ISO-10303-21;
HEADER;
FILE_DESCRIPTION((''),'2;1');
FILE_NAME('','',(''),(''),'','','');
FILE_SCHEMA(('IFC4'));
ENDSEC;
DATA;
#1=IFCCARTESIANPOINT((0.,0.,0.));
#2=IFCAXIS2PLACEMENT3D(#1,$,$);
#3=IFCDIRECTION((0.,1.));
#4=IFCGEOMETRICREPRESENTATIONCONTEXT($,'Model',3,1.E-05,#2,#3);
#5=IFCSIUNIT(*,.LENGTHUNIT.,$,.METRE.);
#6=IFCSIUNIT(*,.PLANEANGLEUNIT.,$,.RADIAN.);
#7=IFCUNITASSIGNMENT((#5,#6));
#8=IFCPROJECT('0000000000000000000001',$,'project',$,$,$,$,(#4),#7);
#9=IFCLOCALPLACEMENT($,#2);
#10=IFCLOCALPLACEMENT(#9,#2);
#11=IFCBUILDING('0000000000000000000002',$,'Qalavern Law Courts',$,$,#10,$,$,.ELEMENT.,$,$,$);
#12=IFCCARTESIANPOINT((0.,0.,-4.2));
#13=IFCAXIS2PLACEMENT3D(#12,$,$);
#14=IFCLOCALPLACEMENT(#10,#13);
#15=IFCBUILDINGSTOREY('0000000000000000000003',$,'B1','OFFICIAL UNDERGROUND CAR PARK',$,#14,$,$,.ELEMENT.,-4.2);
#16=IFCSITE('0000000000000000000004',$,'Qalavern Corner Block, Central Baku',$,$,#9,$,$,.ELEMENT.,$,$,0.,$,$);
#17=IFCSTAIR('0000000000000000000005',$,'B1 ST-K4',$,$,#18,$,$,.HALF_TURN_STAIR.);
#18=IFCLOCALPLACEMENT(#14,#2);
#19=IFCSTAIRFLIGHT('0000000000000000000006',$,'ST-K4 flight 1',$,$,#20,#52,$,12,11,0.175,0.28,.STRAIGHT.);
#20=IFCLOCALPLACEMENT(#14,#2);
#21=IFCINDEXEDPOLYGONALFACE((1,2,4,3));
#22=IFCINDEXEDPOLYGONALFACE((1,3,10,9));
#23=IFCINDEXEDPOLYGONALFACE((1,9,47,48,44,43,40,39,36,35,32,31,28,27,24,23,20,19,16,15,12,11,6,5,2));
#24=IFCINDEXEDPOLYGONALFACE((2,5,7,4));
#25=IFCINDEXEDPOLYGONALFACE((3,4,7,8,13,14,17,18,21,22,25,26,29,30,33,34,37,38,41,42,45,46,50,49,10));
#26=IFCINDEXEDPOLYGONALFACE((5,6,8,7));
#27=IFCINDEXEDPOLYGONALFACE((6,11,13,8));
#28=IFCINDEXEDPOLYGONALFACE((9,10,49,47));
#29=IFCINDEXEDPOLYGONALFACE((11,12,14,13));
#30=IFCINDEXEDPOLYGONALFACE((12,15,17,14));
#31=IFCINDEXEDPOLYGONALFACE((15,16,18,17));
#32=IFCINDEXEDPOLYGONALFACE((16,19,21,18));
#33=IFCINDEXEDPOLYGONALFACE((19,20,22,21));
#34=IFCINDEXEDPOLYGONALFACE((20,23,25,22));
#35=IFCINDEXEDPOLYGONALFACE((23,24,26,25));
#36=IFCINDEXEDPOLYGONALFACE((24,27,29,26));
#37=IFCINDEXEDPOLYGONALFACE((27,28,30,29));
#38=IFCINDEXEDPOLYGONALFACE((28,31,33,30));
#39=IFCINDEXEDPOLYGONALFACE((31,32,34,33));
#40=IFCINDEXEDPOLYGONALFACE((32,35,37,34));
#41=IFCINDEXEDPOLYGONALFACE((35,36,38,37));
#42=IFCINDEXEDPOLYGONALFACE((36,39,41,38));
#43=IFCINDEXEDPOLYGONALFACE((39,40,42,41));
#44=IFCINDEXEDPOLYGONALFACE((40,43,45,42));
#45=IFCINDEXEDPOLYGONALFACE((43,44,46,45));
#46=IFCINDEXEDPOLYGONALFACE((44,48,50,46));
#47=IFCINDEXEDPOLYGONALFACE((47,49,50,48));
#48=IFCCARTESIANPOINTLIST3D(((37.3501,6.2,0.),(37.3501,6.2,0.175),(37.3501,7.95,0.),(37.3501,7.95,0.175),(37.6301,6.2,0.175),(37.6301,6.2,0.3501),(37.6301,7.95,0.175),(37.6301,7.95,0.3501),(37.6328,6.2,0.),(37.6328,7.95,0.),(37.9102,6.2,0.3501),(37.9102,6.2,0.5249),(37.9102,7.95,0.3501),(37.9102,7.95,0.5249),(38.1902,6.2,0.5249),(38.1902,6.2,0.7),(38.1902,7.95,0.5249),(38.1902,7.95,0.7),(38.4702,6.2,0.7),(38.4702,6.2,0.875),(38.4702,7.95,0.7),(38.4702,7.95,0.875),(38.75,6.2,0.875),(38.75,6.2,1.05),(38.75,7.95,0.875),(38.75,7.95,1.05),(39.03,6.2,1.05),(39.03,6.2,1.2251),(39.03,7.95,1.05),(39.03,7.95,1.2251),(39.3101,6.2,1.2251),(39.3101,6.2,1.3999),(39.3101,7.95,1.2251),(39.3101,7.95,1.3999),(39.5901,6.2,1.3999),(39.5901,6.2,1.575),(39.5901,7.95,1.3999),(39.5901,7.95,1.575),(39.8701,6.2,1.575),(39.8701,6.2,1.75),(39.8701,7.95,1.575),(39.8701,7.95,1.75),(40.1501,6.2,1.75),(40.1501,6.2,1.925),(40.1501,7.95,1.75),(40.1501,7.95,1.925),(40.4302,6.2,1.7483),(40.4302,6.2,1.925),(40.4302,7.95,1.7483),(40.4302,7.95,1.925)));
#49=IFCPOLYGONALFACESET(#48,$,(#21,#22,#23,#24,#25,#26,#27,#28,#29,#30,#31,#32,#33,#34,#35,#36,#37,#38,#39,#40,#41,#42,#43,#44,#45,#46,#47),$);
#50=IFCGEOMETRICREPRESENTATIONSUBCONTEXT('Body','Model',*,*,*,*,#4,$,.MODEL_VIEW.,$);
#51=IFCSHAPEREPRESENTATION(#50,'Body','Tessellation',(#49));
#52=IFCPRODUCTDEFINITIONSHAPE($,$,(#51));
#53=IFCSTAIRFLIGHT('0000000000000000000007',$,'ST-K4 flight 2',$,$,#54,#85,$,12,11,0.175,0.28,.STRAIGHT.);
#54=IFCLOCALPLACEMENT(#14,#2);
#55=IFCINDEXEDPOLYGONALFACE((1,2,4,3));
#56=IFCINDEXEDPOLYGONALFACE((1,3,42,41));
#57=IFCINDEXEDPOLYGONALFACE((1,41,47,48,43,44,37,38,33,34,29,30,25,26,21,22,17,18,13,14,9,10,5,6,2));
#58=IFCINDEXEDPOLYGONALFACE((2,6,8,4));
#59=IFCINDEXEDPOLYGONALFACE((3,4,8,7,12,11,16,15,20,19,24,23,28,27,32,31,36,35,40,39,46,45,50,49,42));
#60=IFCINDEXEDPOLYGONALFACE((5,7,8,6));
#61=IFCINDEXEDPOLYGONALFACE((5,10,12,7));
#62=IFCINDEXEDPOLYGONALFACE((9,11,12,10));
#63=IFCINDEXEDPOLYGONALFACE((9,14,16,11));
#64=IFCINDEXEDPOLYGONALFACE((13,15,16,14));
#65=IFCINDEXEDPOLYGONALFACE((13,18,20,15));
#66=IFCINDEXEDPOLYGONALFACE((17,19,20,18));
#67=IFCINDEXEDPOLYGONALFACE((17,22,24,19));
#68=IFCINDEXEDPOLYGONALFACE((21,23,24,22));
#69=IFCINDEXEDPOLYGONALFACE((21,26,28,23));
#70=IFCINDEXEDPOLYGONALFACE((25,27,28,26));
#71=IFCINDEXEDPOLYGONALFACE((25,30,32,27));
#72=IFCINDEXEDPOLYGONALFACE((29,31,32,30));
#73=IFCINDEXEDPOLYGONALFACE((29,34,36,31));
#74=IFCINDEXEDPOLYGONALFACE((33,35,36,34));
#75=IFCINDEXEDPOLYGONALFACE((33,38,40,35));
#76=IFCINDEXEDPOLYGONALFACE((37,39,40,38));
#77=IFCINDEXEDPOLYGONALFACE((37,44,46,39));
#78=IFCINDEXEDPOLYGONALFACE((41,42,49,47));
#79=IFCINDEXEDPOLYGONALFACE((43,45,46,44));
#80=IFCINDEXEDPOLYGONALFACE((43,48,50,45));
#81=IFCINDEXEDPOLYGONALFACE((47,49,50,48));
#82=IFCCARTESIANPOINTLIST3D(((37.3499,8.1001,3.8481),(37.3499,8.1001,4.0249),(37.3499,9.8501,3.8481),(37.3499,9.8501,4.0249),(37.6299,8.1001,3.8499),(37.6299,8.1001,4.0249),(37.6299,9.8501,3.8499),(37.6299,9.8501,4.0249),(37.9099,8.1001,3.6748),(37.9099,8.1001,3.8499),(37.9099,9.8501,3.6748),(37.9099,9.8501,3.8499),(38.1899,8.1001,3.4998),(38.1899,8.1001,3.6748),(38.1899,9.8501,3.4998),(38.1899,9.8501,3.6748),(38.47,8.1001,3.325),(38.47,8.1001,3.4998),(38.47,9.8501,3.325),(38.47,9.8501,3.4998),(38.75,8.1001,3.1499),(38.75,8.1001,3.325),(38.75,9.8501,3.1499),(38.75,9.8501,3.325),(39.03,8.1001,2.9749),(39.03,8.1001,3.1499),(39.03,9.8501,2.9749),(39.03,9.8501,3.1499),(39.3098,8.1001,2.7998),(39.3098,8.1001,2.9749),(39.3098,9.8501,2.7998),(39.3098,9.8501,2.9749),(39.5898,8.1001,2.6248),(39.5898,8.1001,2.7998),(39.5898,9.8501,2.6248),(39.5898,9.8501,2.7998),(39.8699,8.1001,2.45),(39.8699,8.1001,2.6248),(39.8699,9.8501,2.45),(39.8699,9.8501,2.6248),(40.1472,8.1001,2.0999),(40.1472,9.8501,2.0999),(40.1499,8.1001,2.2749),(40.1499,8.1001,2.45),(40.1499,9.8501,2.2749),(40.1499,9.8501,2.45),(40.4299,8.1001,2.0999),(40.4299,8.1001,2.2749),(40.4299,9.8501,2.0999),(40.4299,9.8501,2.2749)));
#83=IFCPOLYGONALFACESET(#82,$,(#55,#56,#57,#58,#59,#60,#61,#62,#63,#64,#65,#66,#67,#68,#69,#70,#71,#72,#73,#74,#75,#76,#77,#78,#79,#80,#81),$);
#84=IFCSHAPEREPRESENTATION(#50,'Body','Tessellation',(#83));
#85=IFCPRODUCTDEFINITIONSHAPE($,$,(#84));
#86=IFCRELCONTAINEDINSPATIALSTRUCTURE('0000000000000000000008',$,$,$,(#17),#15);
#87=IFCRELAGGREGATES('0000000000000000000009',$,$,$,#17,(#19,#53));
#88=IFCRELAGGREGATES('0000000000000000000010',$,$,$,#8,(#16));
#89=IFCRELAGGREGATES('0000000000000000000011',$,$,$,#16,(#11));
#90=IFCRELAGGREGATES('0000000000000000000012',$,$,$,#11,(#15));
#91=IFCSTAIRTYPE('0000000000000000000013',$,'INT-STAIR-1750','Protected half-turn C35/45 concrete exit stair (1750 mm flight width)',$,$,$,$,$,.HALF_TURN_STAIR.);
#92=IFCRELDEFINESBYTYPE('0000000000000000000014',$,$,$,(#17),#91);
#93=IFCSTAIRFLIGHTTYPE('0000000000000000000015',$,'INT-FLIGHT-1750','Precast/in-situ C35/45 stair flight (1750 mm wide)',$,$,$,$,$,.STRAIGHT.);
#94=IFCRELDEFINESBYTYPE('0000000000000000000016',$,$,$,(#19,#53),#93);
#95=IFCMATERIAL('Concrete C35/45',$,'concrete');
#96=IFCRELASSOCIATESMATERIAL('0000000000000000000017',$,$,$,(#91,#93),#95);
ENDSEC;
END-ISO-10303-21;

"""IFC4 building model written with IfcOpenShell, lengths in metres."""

from ifc_helpers import new_model, si_unit, direction, frame, origin, place, context, subcontext, project, spatial, polyline, outline, extrude, material, type_object, element, aggregate, save


model = new_model("IFC4")

# Units and contexts
model_context = context("Model", 3, precision=1e-05, world=origin(), true_north=direction((0.0, 1.0)))
body_context = subcontext(model_context, "Body", "Model", "MODEL_VIEW")
ifc_project = project(units=[si_unit("LENGTHUNIT", "METRE"), si_unit("PLANEANGLEUNIT", "RADIAN")], contexts=[model_context])

# Site, building, storey
site_placement = place(None, origin())
site = spatial("IfcSite", under=ifc_project, at=site_placement, Name="Qalavern Corner Block, Central Baku", CompositionType="ELEMENT", RefElevation=0.0)
building_placement = place(site_placement, origin())
building = spatial("IfcBuilding", under=site, at=building_placement, Name="Qalavern Law Courts", CompositionType="ELEMENT")
storey_placement = place(building_placement, frame((0.0, 0.0, -4.2)))
storey = spatial("IfcBuildingStorey", under=building, at=storey_placement, Name="B1", Description="OFFICIAL UNDERGROUND CAR PARK", CompositionType="ELEMENT", Elevation=-4.2)

# Shared definitions
ifc_material_1 = material(Name="Concrete C35/45", Category="concrete")

# Stair, stair flights
stair_type = type_object("IfcStairType", Name="INT-STAIR-1750", Description="Protected half-turn C35/45 concrete exit stair (1750 mm flight width)", PredefinedType="HALF_TURN_STAIR", material=ifc_material_1)
stair_placement = place(storey_placement, origin())
stair = element("IfcStair", 1, at=stair_placement, inside=storey, type_object=stair_type, Name="B1 ST-K4", PredefinedType="HALF_TURN_STAIR")
stair_flight_type = type_object("IfcStairFlightType", Name="INT-FLIGHT-1750", Description="Precast/in-situ C35/45 stair flight (1750 mm wide)", PredefinedType="STRAIGHT", material=ifc_material_1)
stair_flight_1_placement = place(storey_placement, frame((37.3501, 7.075, 0.0), z_axis=(0.0, 0.0, 1.0), x_axis=(1.0, 0.0, 0.0)))
stair_flight_1 = element("IfcStairFlight", 2, at=stair_flight_1_placement, type_object=stair_flight_type, Name="ST-K4 flight 1", NumberOfRisers=12, NumberOfTreads=11, PredefinedType="STRAIGHT", RiserHeight=0.175, TreadLength=0.28, context=body_context, shape_type="SweptSolid", body=[
    extrude(outline(polyline([(0.0, 0.0), (0.0, 0.175), (0.28, 0.175), (0.28, 0.3501), (0.5601, 0.3501), (0.5601, 0.5249), (0.8401, 0.5249), (0.8401, 0.7), (1.1201, 0.7), (1.1201, 0.875), (1.3999, 0.875), (1.3999, 1.05), (1.6799, 1.05), (1.6799, 1.2251), (1.96, 1.2251), (1.96, 1.3999), (2.24, 1.3999), (2.24, 1.575), (2.52, 1.575), (2.52, 1.75), (2.8, 1.75), (2.8, 1.925), (3.0801, 1.925), (3.0801, 2.1001), (3.0801, 1.7483), (0.2827, 0.0), (0.0, 0.0)])), frame((0.0, 0.875, 0.0), z_axis=(0.0, -1.0, 0.0), x_axis=(1.0, 0.0, 0.0)), (0.0, 0.0, 1.0), 1.75),
])
stair_flight_2_placement = place(storey_placement, frame((40.4299, 8.9751, 2.0999), z_axis=(0.0, 0.0, 1.0), x_axis=(-1.0, 0.0, 0.0)))
stair_flight_2 = element("IfcStairFlight", 3, at=stair_flight_2_placement, type_object=stair_flight_type, Name="ST-K4 flight 2", NumberOfRisers=12, NumberOfTreads=11, PredefinedType="STRAIGHT", RiserHeight=0.175, TreadLength=0.28, context=body_context, shape_type="SweptSolid", body=[
    extrude(outline(polyline([(0.0, 0.0), (0.0, 0.175), (0.28, 0.175), (0.28, 0.3501), (0.5601, 0.3501), (0.5601, 0.5249), (0.8401, 0.5249), (0.8401, 0.7), (1.1201, 0.7), (1.1201, 0.875), (1.3999, 0.875), (1.3999, 1.05), (1.6799, 1.05), (1.6799, 1.2251), (1.96, 1.2251), (1.96, 1.3999), (2.24, 1.3999), (2.24, 1.575), (2.52, 1.575), (2.52, 1.75), (2.8, 1.75), (2.8, 1.925), (3.0801, 1.925), (3.0801, 2.1001), (3.0801, 1.7483), (0.2827, 0.0), (0.0, 0.0)])), frame((0.0, 0.875, 0.0), z_axis=(0.0, -1.0, 0.0), x_axis=(1.0, 0.0, 0.0)), (0.0, 0.0, 1.0), 1.75),
])
aggregate(stair, [stair_flight_1, stair_flight_2])

save(model, "model.ifc")
